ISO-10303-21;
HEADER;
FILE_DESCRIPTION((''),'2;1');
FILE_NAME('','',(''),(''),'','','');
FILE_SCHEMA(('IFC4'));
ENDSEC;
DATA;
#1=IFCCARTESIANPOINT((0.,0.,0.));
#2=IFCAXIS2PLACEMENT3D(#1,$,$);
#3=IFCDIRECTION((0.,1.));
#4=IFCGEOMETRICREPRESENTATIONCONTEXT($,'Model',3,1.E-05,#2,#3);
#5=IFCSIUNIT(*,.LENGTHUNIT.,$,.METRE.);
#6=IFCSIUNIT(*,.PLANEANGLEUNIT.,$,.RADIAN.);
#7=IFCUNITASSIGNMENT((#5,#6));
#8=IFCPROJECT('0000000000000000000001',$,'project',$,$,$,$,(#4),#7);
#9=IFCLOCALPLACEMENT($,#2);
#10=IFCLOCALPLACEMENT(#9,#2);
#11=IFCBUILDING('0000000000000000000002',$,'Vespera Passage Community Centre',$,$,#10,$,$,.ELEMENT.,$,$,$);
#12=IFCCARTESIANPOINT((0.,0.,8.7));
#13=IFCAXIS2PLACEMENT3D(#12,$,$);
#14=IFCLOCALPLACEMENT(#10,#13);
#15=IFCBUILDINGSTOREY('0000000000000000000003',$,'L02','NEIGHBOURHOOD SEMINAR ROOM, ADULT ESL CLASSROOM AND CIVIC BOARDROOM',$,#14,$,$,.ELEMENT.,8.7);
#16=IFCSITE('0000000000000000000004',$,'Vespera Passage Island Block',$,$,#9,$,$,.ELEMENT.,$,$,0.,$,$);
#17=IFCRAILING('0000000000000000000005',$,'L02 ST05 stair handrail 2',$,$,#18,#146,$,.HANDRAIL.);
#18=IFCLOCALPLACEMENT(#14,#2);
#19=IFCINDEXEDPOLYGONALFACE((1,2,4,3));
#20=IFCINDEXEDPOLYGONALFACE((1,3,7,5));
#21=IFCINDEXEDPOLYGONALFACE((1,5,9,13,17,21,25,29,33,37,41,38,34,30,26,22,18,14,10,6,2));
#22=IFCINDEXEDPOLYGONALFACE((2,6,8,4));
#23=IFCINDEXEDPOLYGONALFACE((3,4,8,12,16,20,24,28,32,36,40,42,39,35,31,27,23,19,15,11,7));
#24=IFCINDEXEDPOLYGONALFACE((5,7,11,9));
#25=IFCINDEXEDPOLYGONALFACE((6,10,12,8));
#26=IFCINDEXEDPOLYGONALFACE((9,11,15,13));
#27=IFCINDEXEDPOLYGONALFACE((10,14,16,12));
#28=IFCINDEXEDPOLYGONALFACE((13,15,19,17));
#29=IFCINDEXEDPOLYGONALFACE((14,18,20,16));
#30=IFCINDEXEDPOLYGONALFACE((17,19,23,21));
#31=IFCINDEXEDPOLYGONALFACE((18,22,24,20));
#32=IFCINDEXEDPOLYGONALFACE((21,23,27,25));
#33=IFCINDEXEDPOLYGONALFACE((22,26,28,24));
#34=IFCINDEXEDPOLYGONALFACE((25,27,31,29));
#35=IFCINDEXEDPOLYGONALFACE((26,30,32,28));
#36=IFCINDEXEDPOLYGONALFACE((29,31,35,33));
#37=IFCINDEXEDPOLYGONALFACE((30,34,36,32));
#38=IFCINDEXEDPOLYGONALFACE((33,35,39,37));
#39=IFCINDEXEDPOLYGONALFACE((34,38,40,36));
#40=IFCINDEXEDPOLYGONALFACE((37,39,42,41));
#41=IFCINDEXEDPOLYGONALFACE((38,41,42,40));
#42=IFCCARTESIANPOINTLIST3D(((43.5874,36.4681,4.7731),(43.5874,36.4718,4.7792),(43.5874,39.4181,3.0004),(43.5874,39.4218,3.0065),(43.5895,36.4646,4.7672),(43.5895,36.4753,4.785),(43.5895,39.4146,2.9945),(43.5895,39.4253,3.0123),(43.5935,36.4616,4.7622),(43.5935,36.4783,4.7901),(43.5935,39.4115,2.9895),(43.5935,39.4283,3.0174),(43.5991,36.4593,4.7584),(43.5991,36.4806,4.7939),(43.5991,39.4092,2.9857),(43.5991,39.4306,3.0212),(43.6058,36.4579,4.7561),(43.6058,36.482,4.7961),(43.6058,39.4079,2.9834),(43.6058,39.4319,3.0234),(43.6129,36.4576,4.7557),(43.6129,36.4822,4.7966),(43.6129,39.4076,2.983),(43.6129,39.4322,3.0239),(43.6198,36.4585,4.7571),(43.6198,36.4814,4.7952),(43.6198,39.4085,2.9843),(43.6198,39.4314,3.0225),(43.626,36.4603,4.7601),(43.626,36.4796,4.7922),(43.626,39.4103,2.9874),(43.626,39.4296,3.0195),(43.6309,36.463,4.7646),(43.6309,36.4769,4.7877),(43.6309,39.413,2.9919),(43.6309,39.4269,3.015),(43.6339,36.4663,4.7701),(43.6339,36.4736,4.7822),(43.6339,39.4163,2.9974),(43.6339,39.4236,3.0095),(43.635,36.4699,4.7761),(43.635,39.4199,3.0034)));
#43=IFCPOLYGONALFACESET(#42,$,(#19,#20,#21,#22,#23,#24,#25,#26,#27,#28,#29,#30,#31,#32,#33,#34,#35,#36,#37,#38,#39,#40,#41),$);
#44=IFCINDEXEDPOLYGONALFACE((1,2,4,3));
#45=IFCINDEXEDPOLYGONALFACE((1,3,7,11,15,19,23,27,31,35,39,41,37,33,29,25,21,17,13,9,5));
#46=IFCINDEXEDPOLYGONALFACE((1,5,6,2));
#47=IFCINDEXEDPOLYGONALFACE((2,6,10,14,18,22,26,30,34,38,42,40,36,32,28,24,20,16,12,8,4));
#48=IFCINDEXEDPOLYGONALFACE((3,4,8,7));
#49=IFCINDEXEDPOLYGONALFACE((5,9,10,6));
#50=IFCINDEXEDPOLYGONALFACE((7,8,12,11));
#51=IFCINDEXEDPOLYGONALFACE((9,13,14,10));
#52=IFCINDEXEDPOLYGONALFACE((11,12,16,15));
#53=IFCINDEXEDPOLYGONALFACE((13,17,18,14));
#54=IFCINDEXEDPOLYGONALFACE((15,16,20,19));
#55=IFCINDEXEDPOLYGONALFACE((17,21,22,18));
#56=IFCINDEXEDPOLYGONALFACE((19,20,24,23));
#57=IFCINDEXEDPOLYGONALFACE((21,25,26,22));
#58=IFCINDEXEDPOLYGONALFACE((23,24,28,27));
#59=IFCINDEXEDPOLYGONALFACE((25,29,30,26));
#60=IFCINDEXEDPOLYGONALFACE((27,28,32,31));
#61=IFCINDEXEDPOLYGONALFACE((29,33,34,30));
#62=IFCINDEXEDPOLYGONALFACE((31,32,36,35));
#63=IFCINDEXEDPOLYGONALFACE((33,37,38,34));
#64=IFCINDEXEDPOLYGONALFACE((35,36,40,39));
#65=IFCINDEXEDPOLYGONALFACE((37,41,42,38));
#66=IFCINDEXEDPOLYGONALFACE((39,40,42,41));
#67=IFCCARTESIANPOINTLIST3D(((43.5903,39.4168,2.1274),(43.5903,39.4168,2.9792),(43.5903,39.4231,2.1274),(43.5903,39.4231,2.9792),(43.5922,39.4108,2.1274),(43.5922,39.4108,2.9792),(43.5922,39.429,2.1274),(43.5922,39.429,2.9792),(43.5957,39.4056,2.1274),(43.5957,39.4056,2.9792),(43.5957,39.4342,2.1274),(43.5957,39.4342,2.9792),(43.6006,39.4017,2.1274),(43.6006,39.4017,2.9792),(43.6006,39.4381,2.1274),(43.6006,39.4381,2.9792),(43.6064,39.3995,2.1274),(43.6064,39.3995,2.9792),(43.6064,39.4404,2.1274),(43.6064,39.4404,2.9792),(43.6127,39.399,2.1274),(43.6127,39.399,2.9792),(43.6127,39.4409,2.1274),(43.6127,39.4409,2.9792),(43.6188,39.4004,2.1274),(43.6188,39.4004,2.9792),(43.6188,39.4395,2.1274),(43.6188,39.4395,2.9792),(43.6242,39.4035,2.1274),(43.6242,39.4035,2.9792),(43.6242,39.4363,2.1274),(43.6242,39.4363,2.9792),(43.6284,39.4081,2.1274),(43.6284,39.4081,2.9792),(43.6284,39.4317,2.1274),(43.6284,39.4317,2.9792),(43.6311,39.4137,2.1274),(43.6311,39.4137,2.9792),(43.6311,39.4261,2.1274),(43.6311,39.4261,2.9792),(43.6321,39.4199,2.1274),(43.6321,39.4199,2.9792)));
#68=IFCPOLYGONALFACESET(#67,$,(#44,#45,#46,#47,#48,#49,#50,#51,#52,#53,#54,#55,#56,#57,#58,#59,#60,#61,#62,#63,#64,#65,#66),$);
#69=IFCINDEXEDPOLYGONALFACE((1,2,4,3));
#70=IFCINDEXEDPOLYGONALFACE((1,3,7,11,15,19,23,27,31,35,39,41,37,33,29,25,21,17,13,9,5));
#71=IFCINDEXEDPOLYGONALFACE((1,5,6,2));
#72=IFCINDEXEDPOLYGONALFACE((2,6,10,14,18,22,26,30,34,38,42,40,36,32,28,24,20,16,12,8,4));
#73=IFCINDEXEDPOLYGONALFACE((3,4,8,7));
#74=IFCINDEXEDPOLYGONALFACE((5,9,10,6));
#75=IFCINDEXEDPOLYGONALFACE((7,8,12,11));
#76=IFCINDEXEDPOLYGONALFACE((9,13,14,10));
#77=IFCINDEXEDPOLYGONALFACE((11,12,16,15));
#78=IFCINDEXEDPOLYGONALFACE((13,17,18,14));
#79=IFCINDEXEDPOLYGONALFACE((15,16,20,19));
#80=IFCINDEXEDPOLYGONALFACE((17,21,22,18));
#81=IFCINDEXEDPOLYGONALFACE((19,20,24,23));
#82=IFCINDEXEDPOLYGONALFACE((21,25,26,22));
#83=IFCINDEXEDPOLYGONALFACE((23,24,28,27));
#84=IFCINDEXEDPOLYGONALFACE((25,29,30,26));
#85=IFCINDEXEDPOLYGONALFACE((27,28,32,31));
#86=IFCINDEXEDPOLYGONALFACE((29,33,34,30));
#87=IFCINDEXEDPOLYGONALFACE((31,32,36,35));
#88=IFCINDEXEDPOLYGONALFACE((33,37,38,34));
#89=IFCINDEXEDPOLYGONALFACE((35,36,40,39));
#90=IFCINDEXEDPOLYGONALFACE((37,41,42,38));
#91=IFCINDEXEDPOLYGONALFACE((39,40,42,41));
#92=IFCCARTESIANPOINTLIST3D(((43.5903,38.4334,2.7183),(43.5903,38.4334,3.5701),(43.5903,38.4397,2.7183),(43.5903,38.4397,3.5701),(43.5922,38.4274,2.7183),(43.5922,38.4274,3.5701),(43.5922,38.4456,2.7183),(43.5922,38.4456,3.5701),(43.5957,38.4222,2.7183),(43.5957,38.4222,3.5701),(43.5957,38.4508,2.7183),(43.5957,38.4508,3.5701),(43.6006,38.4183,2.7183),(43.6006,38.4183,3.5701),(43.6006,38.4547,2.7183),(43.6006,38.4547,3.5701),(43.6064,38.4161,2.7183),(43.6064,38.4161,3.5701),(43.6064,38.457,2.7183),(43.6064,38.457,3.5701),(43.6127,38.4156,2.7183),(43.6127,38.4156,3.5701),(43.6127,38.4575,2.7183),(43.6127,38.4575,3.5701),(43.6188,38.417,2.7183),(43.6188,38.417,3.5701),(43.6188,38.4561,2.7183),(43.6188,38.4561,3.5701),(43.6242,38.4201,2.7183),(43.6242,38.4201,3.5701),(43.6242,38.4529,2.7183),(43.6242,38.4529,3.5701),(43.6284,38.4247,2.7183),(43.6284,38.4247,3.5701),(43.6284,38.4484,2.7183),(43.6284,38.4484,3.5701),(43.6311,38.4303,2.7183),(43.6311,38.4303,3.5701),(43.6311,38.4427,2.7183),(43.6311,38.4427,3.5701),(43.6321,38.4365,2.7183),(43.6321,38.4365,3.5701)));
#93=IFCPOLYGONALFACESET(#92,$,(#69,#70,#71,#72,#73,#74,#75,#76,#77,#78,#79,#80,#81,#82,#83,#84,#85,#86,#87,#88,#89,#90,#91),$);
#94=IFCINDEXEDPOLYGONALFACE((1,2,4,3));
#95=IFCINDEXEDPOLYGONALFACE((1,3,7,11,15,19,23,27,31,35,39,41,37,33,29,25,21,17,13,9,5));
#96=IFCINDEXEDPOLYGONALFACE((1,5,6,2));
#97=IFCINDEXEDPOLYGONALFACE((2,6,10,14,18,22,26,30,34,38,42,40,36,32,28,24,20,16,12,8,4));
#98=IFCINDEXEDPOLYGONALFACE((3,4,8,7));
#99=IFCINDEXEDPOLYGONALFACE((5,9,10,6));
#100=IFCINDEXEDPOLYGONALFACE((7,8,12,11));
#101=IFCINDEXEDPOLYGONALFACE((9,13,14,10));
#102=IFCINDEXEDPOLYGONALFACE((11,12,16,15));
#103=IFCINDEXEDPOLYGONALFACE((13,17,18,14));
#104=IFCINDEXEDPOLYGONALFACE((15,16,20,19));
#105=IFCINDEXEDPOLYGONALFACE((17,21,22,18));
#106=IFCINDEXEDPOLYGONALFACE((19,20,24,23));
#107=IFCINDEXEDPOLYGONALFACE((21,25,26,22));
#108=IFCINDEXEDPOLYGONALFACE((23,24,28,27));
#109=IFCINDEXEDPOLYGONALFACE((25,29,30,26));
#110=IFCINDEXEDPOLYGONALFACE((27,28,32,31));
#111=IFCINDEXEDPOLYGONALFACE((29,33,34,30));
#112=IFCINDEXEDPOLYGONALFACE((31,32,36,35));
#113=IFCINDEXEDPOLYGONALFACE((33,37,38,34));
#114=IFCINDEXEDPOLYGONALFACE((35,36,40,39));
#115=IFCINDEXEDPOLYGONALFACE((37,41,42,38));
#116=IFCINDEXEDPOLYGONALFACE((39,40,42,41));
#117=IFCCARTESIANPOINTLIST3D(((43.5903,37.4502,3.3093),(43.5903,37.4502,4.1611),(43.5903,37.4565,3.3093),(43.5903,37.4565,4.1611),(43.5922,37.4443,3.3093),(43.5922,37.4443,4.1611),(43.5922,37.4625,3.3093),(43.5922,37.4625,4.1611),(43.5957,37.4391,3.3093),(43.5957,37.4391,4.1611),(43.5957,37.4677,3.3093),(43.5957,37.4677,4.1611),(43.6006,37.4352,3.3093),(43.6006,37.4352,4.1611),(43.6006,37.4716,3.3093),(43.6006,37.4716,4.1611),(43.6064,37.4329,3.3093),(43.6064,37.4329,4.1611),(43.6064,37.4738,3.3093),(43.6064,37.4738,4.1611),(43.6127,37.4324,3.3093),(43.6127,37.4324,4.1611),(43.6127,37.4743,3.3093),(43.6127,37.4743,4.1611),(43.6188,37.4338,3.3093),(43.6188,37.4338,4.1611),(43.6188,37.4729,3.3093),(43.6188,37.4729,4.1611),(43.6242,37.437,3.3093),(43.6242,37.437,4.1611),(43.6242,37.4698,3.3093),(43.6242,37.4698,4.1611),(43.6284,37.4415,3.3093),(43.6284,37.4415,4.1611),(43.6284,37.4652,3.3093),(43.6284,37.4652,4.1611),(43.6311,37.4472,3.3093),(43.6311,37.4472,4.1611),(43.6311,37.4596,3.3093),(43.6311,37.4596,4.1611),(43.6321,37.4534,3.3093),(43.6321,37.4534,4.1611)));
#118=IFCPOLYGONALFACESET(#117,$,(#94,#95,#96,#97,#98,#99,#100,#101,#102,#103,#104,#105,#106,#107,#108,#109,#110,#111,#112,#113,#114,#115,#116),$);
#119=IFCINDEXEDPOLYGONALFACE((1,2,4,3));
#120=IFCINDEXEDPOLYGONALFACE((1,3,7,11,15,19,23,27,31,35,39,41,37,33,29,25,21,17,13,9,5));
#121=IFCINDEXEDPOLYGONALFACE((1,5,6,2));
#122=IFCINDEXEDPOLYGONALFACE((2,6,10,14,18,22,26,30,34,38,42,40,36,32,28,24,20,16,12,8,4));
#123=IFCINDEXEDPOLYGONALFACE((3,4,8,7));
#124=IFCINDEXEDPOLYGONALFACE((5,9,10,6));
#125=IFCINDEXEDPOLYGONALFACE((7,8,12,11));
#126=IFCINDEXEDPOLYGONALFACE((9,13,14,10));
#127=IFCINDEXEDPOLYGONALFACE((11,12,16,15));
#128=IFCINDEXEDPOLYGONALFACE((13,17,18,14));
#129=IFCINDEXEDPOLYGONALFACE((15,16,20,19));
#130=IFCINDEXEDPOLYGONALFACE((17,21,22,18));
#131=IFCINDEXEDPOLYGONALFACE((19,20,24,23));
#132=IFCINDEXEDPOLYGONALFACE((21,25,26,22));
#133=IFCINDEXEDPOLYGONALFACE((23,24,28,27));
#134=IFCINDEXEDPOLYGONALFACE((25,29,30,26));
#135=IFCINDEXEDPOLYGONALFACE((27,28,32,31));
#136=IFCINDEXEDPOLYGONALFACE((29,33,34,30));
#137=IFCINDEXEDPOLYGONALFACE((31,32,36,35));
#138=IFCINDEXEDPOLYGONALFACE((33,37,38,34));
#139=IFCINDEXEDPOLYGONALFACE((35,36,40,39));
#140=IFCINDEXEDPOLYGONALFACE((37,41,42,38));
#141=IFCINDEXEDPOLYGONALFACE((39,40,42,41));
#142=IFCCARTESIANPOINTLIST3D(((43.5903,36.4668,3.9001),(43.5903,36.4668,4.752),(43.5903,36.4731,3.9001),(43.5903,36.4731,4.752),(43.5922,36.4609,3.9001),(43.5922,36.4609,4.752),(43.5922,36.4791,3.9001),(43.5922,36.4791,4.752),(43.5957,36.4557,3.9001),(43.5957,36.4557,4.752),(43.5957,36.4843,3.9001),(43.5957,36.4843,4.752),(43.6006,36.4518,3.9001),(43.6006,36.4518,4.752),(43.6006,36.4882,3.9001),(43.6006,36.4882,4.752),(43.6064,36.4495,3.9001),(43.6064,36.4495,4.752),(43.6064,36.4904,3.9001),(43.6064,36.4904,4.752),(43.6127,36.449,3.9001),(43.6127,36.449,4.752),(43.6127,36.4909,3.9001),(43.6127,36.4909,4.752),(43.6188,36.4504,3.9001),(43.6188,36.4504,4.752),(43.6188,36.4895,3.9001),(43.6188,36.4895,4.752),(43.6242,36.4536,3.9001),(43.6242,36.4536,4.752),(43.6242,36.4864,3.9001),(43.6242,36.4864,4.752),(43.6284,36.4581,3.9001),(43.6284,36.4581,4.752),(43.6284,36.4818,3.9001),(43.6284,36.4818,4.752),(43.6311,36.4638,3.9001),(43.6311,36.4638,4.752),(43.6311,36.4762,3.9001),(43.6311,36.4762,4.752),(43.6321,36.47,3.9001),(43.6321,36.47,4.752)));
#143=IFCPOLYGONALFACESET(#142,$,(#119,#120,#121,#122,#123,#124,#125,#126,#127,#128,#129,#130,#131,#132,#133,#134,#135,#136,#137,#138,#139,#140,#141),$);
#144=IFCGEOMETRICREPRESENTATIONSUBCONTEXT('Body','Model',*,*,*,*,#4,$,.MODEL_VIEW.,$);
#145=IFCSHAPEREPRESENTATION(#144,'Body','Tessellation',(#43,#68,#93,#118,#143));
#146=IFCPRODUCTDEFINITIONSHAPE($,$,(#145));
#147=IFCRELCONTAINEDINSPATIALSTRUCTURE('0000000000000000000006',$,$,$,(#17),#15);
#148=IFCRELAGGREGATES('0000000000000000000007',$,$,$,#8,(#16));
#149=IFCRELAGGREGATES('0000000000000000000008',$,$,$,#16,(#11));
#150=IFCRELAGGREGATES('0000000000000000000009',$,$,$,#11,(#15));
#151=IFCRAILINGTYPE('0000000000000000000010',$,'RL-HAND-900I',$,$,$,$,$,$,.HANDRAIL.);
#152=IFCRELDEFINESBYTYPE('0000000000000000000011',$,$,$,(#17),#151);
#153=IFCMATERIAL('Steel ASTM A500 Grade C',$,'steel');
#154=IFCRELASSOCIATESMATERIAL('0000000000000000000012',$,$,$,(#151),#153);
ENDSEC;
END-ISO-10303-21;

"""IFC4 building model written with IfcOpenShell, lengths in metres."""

from ifc_helpers import new_model, si_unit, direction, frame, origin, origin_2d, place, context, subcontext, project, spatial, circle, extrude, material, type_object, element, save


model = new_model("IFC4")

# Units and contexts
model_context = context("Model", 3, precision=1e-05, world=origin(), true_north=direction((0.0, 1.0)))
body_context = subcontext(model_context, "Body", "Model", "MODEL_VIEW")
ifc_project = project(units=[si_unit("LENGTHUNIT", "METRE"), si_unit("PLANEANGLEUNIT", "RADIAN")], contexts=[model_context])

# Site, building, storey
site_placement = place(None, origin())
site = spatial("IfcSite", under=ifc_project, at=site_placement, Name="Vespera Passage Island Block", CompositionType="ELEMENT", RefElevation=0.0)
building_placement = place(site_placement, origin())
building = spatial("IfcBuilding", under=site, at=building_placement, Name="Vespera Passage Community Centre", CompositionType="ELEMENT")
storey_placement = place(building_placement, frame((0.0, 0.0, 8.7)))
storey = spatial("IfcBuildingStorey", under=building, at=storey_placement, Name="L02", Description="NEIGHBOURHOOD SEMINAR ROOM, ADULT ESL CLASSROOM AND CIVIC BOARDROOM", CompositionType="ELEMENT", Elevation=8.7)

# Railing
ifc_material_1 = material(Name="Steel ASTM A500 Grade C", Category="steel")
railing_type_1 = type_object("IfcRailingType", Name="RL-HAND-900I", PredefinedType="HANDRAIL", material=ifc_material_1)
railing_1_placement = place(storey_placement, frame((43.6111, 39.4199, 2.1274)))
element("IfcRailing", 1, at=railing_1_placement, inside=storey, type_object=railing_type_1, Name="L02 ST05 stair handrail 2", PredefinedType="HANDRAIL", context=body_context, shape_type="SweptSolid", body=[
    extrude(circle(Radius=0.0239, at=origin_2d()), frame((0.0, 0.0, 0.876), z_axis=(0.0, -0.857142, 0.51508), x_axis=(1.0, 0.0, 0.0)), (0.0, 0.0, 1.0), 3.4417),
    extrude(circle(Radius=0.021, at=origin_2d()), origin(), (0.0, 0.0, 1.0), 0.8518),
    extrude(circle(Radius=0.021, at=origin_2d()), frame((0.0, -0.9834, 0.5908)), (0.0, 0.0, 1.0), 0.8518),
    extrude(circle(Radius=0.021, at=origin_2d()), frame((0.0, -1.9666, 1.1819)), (0.0, 0.0, 1.0), 0.8518),
    extrude(circle(Radius=0.021, at=origin_2d()), frame((0.0, -2.95, 1.7727)), (0.0, 0.0, 1.0), 0.8518),
])

save(model, "model.ifc")
